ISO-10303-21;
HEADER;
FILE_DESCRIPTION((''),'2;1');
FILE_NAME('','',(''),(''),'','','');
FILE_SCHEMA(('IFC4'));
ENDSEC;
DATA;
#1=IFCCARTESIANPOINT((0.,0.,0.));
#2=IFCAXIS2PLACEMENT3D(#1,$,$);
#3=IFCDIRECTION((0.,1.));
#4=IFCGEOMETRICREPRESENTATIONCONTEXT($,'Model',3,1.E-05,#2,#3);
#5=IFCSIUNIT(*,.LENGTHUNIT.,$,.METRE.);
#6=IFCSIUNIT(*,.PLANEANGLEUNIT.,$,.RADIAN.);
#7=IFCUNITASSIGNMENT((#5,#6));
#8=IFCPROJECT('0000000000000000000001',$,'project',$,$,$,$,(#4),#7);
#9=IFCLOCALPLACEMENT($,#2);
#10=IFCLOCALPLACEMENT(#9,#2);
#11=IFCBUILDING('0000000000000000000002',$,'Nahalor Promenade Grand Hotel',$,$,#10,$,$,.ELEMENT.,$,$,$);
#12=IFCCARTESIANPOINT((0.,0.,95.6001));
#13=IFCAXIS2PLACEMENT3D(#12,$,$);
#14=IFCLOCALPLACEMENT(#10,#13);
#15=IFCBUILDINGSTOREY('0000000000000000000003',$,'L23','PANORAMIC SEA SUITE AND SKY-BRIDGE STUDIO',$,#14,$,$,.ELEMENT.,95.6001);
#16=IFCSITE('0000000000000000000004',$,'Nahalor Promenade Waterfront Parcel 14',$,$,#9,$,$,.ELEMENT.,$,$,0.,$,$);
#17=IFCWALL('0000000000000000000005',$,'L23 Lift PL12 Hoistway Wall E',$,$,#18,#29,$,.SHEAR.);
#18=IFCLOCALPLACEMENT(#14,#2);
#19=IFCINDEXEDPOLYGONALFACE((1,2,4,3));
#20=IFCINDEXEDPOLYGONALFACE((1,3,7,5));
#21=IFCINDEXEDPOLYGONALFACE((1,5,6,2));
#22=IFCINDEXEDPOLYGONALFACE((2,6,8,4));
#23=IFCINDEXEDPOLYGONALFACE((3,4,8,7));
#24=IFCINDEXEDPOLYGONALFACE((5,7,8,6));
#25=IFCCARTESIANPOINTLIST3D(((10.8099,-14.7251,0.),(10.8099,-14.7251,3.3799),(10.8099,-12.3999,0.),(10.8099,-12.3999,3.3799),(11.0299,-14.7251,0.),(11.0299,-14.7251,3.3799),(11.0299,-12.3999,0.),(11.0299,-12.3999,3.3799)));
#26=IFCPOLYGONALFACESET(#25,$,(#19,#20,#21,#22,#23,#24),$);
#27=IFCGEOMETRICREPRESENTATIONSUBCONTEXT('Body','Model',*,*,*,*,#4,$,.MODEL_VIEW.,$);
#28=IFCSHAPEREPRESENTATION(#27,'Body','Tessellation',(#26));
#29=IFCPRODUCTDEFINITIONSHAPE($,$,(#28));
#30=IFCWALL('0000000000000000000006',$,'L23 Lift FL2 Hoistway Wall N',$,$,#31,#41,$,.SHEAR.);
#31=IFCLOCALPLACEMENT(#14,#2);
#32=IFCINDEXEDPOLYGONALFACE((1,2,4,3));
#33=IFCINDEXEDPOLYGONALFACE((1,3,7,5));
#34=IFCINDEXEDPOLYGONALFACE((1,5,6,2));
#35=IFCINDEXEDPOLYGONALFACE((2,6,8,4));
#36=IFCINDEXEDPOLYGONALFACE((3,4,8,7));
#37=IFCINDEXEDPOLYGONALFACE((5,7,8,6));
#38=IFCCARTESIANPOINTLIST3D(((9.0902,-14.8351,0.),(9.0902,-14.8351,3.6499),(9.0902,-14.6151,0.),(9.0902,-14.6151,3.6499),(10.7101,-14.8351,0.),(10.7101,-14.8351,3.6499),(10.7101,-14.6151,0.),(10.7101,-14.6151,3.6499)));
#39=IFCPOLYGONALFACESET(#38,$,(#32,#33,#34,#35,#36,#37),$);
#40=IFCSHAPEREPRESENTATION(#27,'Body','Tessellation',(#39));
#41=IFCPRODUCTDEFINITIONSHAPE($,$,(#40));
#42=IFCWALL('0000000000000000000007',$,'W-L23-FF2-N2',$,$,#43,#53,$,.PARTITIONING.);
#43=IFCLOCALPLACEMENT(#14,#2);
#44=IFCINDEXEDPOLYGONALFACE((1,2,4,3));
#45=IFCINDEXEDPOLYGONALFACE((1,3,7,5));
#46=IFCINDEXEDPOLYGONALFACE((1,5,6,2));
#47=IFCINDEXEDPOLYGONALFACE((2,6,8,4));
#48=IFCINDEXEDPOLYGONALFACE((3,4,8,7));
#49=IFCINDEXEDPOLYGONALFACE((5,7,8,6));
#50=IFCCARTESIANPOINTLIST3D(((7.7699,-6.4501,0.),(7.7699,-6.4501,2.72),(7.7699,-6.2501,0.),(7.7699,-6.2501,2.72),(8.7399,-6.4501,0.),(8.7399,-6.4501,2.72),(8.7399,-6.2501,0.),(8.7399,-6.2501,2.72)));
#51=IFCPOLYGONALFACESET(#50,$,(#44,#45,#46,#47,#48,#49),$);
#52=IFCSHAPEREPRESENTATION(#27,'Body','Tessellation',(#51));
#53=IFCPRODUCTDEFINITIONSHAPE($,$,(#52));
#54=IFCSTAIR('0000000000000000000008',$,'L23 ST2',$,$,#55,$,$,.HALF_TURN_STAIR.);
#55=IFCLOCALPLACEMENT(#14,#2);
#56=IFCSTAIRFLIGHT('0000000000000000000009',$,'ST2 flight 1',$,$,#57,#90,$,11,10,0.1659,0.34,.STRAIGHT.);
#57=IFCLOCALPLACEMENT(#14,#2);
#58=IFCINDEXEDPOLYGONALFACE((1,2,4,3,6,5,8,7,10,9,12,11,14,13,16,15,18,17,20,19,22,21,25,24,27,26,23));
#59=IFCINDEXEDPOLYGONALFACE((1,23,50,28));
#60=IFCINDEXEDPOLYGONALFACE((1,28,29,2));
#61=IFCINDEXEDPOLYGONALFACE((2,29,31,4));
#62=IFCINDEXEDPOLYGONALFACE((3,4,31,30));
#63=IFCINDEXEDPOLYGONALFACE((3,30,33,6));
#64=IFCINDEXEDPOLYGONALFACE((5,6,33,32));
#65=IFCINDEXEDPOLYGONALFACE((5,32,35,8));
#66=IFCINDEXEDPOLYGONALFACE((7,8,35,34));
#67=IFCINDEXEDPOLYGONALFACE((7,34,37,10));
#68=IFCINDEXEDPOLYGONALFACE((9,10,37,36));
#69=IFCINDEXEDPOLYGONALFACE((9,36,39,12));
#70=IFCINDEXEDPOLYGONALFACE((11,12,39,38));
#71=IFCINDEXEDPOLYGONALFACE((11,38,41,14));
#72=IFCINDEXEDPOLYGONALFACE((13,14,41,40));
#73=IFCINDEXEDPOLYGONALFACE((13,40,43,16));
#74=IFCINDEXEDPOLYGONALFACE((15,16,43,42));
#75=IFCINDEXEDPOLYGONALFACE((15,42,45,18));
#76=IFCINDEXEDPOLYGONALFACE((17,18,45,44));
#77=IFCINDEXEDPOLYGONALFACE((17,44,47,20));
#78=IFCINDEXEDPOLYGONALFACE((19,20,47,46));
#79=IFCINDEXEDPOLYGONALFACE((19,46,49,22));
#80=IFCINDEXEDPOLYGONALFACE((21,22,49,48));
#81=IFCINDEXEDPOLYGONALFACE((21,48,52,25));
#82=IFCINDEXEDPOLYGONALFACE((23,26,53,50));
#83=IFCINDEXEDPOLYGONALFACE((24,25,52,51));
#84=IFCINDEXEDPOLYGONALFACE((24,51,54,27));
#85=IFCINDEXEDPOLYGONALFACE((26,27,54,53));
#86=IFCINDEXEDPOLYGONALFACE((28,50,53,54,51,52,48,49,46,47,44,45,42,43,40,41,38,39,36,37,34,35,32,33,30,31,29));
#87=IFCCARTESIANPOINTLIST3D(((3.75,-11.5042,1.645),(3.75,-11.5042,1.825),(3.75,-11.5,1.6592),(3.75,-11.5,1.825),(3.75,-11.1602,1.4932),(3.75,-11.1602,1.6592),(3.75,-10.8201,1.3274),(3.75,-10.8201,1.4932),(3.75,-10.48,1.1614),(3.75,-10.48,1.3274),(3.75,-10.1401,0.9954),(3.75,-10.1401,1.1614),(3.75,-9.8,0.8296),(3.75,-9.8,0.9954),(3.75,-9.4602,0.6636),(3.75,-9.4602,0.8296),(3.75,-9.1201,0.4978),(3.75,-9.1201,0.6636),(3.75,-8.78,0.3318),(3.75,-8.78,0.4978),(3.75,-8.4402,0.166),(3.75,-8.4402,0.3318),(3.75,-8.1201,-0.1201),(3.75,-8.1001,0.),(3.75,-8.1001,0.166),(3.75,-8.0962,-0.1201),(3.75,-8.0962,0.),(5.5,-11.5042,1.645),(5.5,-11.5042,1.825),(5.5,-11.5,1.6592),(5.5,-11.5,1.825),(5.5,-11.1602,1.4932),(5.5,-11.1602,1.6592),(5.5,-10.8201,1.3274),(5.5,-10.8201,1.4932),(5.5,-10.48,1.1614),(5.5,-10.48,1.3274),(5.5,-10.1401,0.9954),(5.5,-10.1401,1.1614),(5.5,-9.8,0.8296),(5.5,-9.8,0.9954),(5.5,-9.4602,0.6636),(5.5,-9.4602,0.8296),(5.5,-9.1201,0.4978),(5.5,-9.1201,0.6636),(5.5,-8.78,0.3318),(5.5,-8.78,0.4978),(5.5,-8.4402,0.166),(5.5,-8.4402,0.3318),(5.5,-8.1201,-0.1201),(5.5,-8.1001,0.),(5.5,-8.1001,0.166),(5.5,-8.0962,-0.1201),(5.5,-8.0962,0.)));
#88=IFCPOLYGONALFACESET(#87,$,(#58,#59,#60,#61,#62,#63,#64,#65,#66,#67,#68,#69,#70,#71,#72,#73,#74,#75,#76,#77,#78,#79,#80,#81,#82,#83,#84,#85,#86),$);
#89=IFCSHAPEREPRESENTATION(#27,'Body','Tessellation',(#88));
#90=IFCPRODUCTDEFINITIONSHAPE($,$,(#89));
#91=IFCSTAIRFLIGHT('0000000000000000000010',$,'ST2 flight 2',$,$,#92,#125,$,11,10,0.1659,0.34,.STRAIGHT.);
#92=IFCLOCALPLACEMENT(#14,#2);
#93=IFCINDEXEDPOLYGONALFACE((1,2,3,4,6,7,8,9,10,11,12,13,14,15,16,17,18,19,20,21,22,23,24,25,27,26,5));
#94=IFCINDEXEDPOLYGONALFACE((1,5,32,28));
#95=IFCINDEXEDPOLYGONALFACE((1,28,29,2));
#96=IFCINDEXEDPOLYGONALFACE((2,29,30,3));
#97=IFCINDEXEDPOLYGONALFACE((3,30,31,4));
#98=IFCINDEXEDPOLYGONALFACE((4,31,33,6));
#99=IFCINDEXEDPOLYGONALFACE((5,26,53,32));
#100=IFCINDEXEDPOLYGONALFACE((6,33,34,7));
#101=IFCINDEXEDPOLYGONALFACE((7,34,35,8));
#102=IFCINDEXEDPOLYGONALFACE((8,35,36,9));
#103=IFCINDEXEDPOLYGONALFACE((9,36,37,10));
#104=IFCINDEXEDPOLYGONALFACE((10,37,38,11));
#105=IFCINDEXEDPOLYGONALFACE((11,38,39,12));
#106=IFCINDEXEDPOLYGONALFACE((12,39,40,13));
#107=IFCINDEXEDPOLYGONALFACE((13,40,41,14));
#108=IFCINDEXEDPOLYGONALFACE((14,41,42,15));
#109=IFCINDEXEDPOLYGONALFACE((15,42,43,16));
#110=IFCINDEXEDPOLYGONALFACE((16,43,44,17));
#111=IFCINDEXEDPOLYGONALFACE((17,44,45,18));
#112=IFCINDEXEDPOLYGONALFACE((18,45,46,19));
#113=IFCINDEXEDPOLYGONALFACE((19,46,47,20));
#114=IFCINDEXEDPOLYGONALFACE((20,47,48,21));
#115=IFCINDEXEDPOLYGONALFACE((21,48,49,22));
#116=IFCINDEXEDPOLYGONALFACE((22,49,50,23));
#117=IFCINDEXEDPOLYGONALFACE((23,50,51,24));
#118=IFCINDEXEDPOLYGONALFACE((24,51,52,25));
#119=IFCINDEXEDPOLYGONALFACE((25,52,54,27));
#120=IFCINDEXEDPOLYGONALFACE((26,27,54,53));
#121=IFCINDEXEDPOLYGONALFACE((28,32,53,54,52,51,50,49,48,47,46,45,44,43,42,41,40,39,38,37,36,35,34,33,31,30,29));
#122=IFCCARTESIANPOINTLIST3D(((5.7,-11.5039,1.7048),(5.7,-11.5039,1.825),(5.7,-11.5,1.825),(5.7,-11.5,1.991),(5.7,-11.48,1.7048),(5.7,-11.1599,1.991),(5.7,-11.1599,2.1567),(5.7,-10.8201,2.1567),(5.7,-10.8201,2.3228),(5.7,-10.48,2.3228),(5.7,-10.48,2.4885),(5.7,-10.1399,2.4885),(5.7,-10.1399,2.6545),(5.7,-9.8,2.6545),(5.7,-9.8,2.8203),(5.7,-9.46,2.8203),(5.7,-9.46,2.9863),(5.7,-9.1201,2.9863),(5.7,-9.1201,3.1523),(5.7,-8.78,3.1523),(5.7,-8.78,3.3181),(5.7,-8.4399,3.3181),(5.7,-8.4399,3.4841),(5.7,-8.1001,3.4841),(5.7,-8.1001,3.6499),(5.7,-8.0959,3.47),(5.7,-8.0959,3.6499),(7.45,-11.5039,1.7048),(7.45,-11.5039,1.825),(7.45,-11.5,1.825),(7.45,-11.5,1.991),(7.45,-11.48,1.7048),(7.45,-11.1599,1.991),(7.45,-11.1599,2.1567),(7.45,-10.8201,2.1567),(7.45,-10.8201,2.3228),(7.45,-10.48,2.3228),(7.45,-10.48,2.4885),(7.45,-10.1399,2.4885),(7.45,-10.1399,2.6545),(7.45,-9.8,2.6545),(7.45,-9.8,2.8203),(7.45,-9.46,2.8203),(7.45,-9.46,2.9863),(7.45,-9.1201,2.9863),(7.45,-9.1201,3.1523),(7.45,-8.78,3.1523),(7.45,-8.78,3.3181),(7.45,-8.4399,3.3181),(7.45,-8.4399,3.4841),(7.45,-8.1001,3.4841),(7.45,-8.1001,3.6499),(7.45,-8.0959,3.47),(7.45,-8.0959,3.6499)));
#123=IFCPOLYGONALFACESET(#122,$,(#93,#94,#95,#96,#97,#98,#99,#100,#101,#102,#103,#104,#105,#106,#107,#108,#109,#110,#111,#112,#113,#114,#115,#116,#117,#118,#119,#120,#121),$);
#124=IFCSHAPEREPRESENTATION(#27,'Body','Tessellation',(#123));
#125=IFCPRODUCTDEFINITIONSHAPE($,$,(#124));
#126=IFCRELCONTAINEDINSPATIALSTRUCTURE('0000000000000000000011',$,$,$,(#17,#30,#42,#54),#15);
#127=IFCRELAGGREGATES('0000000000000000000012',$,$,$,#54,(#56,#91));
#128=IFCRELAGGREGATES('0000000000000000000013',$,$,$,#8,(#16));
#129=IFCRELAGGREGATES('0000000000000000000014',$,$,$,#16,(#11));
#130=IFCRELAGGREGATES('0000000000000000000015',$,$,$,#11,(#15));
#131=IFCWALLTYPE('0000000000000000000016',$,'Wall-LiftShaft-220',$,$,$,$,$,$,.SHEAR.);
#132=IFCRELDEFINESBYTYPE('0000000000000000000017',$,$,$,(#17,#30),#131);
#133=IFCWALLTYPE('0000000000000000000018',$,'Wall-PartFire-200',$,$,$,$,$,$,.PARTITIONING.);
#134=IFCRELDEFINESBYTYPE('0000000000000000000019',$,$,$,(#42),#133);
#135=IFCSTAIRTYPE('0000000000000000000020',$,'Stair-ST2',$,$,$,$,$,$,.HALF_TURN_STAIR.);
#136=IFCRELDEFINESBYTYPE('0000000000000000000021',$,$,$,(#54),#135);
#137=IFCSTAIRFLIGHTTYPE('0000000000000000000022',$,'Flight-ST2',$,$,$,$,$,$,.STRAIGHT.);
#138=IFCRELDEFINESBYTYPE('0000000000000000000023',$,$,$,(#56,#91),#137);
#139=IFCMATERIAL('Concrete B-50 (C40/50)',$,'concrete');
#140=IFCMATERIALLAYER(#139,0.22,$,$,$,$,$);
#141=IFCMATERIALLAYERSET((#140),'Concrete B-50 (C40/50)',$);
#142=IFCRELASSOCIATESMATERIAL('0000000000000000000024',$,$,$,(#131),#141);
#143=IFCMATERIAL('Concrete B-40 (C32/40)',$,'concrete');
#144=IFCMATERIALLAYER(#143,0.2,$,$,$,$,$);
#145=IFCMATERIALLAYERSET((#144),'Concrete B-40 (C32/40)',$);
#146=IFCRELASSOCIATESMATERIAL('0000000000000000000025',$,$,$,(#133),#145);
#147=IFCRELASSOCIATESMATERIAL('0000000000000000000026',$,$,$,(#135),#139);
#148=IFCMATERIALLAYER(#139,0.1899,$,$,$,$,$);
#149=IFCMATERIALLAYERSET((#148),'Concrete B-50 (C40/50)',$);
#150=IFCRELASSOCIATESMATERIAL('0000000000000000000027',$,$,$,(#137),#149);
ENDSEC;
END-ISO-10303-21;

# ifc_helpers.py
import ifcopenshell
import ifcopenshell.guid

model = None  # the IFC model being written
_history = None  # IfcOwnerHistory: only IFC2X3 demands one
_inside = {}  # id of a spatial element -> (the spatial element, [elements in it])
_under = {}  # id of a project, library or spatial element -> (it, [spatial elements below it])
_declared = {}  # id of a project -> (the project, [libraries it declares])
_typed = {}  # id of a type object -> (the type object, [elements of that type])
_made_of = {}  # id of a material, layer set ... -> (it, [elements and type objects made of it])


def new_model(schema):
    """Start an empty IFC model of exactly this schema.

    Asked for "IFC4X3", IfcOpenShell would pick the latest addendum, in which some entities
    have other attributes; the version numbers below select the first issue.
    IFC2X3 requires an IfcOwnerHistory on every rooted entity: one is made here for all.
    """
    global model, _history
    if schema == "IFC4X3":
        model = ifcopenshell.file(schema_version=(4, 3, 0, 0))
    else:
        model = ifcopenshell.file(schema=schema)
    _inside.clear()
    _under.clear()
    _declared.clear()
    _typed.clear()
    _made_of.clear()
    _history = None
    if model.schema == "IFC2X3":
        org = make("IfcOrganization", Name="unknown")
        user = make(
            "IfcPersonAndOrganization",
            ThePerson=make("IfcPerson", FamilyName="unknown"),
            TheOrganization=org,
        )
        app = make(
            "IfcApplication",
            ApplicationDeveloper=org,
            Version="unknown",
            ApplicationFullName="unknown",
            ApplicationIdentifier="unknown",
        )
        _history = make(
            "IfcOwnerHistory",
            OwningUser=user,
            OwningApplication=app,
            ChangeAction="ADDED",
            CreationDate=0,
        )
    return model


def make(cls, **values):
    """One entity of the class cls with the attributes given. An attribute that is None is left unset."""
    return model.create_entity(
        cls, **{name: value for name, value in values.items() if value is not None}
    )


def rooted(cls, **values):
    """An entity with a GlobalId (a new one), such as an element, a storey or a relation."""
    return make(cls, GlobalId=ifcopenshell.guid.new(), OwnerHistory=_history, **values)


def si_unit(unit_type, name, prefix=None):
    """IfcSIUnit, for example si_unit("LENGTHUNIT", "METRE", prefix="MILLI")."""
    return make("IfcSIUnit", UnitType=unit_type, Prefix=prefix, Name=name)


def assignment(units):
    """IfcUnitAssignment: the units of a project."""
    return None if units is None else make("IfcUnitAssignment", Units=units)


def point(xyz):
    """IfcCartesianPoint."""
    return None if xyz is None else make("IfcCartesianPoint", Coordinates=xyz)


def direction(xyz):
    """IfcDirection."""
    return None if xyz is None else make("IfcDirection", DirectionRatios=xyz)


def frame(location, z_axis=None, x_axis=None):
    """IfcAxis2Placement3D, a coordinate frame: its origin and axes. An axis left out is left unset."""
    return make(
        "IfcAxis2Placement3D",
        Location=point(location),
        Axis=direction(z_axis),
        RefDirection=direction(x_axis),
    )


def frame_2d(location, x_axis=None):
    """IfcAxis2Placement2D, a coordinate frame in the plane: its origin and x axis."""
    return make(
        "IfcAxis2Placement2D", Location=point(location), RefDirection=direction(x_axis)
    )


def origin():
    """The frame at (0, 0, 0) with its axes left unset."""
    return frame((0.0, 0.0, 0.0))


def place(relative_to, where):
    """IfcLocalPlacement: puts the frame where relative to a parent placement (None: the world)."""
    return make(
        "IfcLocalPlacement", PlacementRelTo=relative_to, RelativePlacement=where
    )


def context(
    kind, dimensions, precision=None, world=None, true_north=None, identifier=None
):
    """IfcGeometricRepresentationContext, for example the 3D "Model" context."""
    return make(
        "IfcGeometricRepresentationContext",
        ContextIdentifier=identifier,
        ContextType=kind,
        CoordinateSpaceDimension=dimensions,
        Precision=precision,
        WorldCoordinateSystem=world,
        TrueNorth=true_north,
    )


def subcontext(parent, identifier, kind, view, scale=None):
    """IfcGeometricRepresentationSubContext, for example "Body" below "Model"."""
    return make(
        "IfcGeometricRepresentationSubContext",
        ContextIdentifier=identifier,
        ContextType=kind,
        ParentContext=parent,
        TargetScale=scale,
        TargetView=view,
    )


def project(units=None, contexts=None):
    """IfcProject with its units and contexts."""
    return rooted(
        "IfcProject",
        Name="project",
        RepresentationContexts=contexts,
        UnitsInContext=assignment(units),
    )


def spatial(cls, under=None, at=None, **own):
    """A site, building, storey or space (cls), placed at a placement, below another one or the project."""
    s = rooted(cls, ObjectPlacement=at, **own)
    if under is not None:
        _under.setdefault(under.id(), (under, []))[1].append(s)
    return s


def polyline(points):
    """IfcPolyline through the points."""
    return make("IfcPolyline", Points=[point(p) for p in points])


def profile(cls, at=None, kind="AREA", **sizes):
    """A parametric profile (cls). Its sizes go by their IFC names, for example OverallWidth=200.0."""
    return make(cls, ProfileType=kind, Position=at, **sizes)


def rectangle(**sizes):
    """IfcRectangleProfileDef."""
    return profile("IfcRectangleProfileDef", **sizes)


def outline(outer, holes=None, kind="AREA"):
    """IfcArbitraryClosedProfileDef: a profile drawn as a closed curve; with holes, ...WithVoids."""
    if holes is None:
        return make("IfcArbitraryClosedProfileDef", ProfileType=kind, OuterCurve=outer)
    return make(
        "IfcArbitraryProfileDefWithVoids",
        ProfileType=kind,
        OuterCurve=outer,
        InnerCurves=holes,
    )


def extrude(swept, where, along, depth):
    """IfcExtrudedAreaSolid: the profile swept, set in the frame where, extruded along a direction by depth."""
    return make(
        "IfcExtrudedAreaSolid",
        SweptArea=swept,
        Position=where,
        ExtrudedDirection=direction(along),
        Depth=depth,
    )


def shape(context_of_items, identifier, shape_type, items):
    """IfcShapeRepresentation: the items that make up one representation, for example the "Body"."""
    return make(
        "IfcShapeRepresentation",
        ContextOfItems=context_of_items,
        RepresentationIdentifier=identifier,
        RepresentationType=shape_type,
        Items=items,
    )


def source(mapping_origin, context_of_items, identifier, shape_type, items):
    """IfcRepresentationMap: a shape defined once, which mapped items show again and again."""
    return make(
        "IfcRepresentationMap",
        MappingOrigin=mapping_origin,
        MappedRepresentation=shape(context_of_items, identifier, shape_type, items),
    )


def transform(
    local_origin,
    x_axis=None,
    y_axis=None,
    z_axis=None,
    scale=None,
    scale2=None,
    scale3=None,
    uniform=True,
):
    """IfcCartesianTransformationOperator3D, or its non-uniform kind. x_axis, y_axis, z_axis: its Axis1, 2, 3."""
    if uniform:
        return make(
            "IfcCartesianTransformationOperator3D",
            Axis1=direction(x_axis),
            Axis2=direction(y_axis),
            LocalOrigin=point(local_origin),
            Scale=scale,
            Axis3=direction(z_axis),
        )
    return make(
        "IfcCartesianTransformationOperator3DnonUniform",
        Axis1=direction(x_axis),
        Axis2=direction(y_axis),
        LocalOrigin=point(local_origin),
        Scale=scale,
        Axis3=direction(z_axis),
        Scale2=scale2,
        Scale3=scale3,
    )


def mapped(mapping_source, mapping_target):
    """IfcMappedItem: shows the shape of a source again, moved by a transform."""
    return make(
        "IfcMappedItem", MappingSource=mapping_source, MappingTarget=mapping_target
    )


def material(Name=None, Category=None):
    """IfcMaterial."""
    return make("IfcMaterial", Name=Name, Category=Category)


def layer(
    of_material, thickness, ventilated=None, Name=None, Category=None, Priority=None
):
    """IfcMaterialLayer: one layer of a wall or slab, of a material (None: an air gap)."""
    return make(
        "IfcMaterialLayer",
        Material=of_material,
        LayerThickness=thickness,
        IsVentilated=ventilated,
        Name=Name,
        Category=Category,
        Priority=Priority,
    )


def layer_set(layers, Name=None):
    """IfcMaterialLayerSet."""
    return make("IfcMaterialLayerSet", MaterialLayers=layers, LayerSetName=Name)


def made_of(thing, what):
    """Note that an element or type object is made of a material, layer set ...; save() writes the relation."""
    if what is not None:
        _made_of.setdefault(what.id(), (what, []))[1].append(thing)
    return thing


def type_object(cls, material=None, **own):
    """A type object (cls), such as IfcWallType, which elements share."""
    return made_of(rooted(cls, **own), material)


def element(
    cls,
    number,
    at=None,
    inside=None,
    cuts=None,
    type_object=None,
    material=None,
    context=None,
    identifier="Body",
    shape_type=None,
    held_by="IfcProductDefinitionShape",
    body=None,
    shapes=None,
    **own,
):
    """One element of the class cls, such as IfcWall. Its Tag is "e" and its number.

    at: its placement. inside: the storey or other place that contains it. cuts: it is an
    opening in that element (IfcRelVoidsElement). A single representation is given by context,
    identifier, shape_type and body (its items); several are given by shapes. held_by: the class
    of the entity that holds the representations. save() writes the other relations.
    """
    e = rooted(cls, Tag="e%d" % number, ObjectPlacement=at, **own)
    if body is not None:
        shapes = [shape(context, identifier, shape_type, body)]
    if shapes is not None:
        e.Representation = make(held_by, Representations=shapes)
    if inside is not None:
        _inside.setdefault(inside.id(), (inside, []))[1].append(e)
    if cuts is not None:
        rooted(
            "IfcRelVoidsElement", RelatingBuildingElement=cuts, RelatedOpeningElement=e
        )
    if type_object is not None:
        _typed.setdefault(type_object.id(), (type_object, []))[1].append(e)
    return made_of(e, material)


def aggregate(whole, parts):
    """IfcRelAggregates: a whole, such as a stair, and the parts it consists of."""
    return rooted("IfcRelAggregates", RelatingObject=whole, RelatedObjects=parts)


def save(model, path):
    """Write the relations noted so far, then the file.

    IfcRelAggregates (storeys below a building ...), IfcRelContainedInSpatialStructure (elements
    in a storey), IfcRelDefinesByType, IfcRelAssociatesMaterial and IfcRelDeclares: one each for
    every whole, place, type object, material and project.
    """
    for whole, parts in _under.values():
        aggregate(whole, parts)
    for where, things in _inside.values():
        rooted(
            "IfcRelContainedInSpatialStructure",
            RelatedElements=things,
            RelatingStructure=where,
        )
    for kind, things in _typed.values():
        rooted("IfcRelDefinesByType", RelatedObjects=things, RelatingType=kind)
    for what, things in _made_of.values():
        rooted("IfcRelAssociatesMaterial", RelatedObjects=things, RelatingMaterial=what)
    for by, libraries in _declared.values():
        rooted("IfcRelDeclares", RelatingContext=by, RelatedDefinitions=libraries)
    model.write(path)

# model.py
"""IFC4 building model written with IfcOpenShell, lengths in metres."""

from ifc_helpers import new_model, si_unit, direction, frame, frame_2d, origin, place, context, subcontext, project, spatial, polyline, rectangle, outline, extrude, source, transform, mapped, material, layer, layer_set, type_object, element, aggregate, save


model = new_model("IFC4")

# Units and contexts
model_context = context("Model", 3, precision=1e-05, world=origin(), true_north=direction((0.0, 1.0)))
body_context = subcontext(model_context, "Body", "Model", "MODEL_VIEW")
ifc_project = project(units=[si_unit("LENGTHUNIT", "METRE"), si_unit("PLANEANGLEUNIT", "RADIAN")], contexts=[model_context])

# Site, building, storey
site_placement = place(None, origin())
site = spatial("IfcSite", under=ifc_project, at=site_placement, Name="Nahalor Promenade Waterfront Parcel 14", CompositionType="ELEMENT", RefElevation=0.0)
building_placement = place(site_placement, origin())
building = spatial("IfcBuilding", under=site, at=building_placement, Name="Nahalor Promenade Grand Hotel", CompositionType="ELEMENT")
storey_placement = place(building_placement, frame((0.0, 0.0, 95.6001)))
storey = spatial("IfcBuildingStorey", under=building, at=storey_placement, Name="L23", Description="PANORAMIC SEA SUITE AND SKY-BRIDGE STUDIO", CompositionType="ELEMENT", Elevation=95.6001)

# Walls
ifc_material_1 = material(Name="Concrete B-50 (C40/50)", Category="concrete")
ifc_layer_1 = layer(ifc_material_1, 0.22)
ifc_layer_set_1 = layer_set([ifc_layer_1], Name="Concrete B-50 (C40/50)")
wall_type_1 = type_object("IfcWallType", Name="Wall-LiftShaft-220", PredefinedType="SHEAR", material=ifc_layer_set_1)
shared_shape_1 = source(origin(), body_context, "Body", "SweptSolid", [
    extrude(rectangle(XDim=2.3252, YDim=0.22, at=frame_2d((1.1626, 0.0))), origin(), (0.0, 0.0, 1.0), 3.3799),
])
wall_1_placement = place(storey_placement, frame((10.9199, -14.7251, 0.0), z_axis=(0.0, 0.0, 1.0), x_axis=(0.0, 1.0, 0.0)))
element("IfcWall", 1, at=wall_1_placement, inside=storey, type_object=wall_type_1, Name="L23 Lift PL12 Hoistway Wall E", PredefinedType="SHEAR", context=body_context, shape_type="MappedRepresentation", body=[
    mapped(shared_shape_1, transform((0.0, 0.0, 0.0), scale=1.0)),
])
shared_shape_2 = source(origin(), body_context, "Body", "SweptSolid", [
    extrude(rectangle(XDim=1.6199, YDim=0.22, at=frame_2d((0.8101, 0.0))), origin(), (0.0, 0.0, 1.0), 3.6499),
])
wall_2_placement = place(storey_placement, frame((9.0901, -14.7251, 0.0), z_axis=(0.0, 0.0, 1.0), x_axis=(1.0, 0.0, 0.0)))
element("IfcWall", 2, at=wall_2_placement, inside=storey, type_object=wall_type_1, Name="L23 Lift FL2 Hoistway Wall N", PredefinedType="SHEAR", context=body_context, shape_type="MappedRepresentation", body=[
    mapped(shared_shape_2, transform((0.0, 0.0, 0.0), scale=1.0)),
])

# Shared definitions
ifc_material_2 = material(Name="Concrete B-40 (C32/40)", Category="concrete")
ifc_layer_2 = layer(ifc_material_2, 0.2)
ifc_layer_set_2 = layer_set([ifc_layer_2], Name="Concrete B-40 (C32/40)")
wall_type_2 = type_object("IfcWallType", Name="Wall-PartFire-200", PredefinedType="PARTITIONING", material=ifc_layer_set_2)

# Wall
shared_shape_3 = source(origin(), body_context, "Body", "SweptSolid", [
    extrude(rectangle(XDim=0.97, YDim=0.2, at=frame_2d((0.4849, 0.0))), origin(), (0.0, 0.0, 1.0), 2.72),
])
wall_3_placement = place(storey_placement, frame((7.77, -6.3501, 0.0), z_axis=(0.0, 0.0, 1.0), x_axis=(1.0, 0.0, 0.0)))
element("IfcWall", 3, at=wall_3_placement, inside=storey, type_object=wall_type_2, Name="W-L23-FF2-N2", PredefinedType="PARTITIONING", context=body_context, shape_type="MappedRepresentation", body=[
    mapped(shared_shape_3, transform((0.0, 0.0, 0.0), scale=1.0)),
])

# Stair, stair flights
stair_type = type_object("IfcStairType", Name="Stair-ST2", PredefinedType="HALF_TURN_STAIR", material=ifc_material_1)
stair_placement = place(storey_placement, origin())
stair = element("IfcStair", 4, at=stair_placement, inside=storey, type_object=stair_type, Name="L23 ST2", PredefinedType="HALF_TURN_STAIR")
ifc_layer_3 = layer(ifc_material_1, 0.1899)
ifc_layer_set_3 = layer_set([ifc_layer_3], Name="Concrete B-50 (C40/50)")
stair_flight_type = type_object("IfcStairFlightType", Name="Flight-ST2", PredefinedType="STRAIGHT", material=ifc_layer_set_3)
shared_shape_4 = source(origin(), body_context, "Body", "SweptSolid", [
    extrude(outline(polyline([(-0.0039, -0.1201), (-0.0039, 0.0), (0.0, 0.0), (0.0, 0.166), (0.3401, 0.166), (0.3401, 0.3318), (0.6799, 0.3318), (0.6799, 0.4978), (1.02, 0.4978), (1.02, 0.6636), (1.3601, 0.6636), (1.3601, 0.8296), (1.7, 0.8296), (1.7, 0.9954), (2.04, 0.9954), (2.04, 1.1614), (2.3799, 1.1614), (2.3799, 1.3274), (2.72, 1.3274), (2.72, 1.4932), (3.0601, 1.4932), (3.0601, 1.6592), (3.3999, 1.6592), (3.3999, 1.825), (3.4041, 1.825), (3.4041, 1.645), (0.02, -0.1201), (-0.0039, -0.1201)])), frame((0.0, 0.875, 0.0), z_axis=(0.0, -1.0, 0.0), x_axis=(1.0, 0.0, 0.0)), (0.0, 0.0, 1.0), 1.75),
])
stair_flight_1_placement = place(storey_placement, frame((4.625, -8.1001, 0.0), z_axis=(0.0, 0.0, 1.0), x_axis=(0.0, -1.0, 0.0)))
stair_flight_1 = element("IfcStairFlight", 5, at=stair_flight_1_placement, type_object=stair_flight_type, Name="ST2 flight 1", NumberOfRisers=11, NumberOfTreads=10, PredefinedType="STRAIGHT", RiserHeight=0.1659, TreadLength=0.34, context=body_context, shape_type="MappedRepresentation", body=[
    mapped(shared_shape_4, transform((0.0, 0.0, 0.0), scale=1.0)),
])
stair_flight_2_placement = place(storey_placement, frame((6.575, -11.5, 1.825), z_axis=(0.0, 0.0, 1.0), x_axis=(0.0, 1.0, 0.0)))
stair_flight_2 = element("IfcStairFlight", 6, at=stair_flight_2_placement, type_object=stair_flight_type, Name="ST2 flight 2", NumberOfRisers=11, NumberOfTreads=10, PredefinedType="STRAIGHT", RiserHeight=0.1659, TreadLength=0.34, context=body_context, shape_type="MappedRepresentation", body=[
    mapped(shared_shape_4, transform((0.0, 0.0, 0.0), scale=1.0)),
])
aggregate(stair, [stair_flight_1, stair_flight_2])

save(model, "model.ifc")
